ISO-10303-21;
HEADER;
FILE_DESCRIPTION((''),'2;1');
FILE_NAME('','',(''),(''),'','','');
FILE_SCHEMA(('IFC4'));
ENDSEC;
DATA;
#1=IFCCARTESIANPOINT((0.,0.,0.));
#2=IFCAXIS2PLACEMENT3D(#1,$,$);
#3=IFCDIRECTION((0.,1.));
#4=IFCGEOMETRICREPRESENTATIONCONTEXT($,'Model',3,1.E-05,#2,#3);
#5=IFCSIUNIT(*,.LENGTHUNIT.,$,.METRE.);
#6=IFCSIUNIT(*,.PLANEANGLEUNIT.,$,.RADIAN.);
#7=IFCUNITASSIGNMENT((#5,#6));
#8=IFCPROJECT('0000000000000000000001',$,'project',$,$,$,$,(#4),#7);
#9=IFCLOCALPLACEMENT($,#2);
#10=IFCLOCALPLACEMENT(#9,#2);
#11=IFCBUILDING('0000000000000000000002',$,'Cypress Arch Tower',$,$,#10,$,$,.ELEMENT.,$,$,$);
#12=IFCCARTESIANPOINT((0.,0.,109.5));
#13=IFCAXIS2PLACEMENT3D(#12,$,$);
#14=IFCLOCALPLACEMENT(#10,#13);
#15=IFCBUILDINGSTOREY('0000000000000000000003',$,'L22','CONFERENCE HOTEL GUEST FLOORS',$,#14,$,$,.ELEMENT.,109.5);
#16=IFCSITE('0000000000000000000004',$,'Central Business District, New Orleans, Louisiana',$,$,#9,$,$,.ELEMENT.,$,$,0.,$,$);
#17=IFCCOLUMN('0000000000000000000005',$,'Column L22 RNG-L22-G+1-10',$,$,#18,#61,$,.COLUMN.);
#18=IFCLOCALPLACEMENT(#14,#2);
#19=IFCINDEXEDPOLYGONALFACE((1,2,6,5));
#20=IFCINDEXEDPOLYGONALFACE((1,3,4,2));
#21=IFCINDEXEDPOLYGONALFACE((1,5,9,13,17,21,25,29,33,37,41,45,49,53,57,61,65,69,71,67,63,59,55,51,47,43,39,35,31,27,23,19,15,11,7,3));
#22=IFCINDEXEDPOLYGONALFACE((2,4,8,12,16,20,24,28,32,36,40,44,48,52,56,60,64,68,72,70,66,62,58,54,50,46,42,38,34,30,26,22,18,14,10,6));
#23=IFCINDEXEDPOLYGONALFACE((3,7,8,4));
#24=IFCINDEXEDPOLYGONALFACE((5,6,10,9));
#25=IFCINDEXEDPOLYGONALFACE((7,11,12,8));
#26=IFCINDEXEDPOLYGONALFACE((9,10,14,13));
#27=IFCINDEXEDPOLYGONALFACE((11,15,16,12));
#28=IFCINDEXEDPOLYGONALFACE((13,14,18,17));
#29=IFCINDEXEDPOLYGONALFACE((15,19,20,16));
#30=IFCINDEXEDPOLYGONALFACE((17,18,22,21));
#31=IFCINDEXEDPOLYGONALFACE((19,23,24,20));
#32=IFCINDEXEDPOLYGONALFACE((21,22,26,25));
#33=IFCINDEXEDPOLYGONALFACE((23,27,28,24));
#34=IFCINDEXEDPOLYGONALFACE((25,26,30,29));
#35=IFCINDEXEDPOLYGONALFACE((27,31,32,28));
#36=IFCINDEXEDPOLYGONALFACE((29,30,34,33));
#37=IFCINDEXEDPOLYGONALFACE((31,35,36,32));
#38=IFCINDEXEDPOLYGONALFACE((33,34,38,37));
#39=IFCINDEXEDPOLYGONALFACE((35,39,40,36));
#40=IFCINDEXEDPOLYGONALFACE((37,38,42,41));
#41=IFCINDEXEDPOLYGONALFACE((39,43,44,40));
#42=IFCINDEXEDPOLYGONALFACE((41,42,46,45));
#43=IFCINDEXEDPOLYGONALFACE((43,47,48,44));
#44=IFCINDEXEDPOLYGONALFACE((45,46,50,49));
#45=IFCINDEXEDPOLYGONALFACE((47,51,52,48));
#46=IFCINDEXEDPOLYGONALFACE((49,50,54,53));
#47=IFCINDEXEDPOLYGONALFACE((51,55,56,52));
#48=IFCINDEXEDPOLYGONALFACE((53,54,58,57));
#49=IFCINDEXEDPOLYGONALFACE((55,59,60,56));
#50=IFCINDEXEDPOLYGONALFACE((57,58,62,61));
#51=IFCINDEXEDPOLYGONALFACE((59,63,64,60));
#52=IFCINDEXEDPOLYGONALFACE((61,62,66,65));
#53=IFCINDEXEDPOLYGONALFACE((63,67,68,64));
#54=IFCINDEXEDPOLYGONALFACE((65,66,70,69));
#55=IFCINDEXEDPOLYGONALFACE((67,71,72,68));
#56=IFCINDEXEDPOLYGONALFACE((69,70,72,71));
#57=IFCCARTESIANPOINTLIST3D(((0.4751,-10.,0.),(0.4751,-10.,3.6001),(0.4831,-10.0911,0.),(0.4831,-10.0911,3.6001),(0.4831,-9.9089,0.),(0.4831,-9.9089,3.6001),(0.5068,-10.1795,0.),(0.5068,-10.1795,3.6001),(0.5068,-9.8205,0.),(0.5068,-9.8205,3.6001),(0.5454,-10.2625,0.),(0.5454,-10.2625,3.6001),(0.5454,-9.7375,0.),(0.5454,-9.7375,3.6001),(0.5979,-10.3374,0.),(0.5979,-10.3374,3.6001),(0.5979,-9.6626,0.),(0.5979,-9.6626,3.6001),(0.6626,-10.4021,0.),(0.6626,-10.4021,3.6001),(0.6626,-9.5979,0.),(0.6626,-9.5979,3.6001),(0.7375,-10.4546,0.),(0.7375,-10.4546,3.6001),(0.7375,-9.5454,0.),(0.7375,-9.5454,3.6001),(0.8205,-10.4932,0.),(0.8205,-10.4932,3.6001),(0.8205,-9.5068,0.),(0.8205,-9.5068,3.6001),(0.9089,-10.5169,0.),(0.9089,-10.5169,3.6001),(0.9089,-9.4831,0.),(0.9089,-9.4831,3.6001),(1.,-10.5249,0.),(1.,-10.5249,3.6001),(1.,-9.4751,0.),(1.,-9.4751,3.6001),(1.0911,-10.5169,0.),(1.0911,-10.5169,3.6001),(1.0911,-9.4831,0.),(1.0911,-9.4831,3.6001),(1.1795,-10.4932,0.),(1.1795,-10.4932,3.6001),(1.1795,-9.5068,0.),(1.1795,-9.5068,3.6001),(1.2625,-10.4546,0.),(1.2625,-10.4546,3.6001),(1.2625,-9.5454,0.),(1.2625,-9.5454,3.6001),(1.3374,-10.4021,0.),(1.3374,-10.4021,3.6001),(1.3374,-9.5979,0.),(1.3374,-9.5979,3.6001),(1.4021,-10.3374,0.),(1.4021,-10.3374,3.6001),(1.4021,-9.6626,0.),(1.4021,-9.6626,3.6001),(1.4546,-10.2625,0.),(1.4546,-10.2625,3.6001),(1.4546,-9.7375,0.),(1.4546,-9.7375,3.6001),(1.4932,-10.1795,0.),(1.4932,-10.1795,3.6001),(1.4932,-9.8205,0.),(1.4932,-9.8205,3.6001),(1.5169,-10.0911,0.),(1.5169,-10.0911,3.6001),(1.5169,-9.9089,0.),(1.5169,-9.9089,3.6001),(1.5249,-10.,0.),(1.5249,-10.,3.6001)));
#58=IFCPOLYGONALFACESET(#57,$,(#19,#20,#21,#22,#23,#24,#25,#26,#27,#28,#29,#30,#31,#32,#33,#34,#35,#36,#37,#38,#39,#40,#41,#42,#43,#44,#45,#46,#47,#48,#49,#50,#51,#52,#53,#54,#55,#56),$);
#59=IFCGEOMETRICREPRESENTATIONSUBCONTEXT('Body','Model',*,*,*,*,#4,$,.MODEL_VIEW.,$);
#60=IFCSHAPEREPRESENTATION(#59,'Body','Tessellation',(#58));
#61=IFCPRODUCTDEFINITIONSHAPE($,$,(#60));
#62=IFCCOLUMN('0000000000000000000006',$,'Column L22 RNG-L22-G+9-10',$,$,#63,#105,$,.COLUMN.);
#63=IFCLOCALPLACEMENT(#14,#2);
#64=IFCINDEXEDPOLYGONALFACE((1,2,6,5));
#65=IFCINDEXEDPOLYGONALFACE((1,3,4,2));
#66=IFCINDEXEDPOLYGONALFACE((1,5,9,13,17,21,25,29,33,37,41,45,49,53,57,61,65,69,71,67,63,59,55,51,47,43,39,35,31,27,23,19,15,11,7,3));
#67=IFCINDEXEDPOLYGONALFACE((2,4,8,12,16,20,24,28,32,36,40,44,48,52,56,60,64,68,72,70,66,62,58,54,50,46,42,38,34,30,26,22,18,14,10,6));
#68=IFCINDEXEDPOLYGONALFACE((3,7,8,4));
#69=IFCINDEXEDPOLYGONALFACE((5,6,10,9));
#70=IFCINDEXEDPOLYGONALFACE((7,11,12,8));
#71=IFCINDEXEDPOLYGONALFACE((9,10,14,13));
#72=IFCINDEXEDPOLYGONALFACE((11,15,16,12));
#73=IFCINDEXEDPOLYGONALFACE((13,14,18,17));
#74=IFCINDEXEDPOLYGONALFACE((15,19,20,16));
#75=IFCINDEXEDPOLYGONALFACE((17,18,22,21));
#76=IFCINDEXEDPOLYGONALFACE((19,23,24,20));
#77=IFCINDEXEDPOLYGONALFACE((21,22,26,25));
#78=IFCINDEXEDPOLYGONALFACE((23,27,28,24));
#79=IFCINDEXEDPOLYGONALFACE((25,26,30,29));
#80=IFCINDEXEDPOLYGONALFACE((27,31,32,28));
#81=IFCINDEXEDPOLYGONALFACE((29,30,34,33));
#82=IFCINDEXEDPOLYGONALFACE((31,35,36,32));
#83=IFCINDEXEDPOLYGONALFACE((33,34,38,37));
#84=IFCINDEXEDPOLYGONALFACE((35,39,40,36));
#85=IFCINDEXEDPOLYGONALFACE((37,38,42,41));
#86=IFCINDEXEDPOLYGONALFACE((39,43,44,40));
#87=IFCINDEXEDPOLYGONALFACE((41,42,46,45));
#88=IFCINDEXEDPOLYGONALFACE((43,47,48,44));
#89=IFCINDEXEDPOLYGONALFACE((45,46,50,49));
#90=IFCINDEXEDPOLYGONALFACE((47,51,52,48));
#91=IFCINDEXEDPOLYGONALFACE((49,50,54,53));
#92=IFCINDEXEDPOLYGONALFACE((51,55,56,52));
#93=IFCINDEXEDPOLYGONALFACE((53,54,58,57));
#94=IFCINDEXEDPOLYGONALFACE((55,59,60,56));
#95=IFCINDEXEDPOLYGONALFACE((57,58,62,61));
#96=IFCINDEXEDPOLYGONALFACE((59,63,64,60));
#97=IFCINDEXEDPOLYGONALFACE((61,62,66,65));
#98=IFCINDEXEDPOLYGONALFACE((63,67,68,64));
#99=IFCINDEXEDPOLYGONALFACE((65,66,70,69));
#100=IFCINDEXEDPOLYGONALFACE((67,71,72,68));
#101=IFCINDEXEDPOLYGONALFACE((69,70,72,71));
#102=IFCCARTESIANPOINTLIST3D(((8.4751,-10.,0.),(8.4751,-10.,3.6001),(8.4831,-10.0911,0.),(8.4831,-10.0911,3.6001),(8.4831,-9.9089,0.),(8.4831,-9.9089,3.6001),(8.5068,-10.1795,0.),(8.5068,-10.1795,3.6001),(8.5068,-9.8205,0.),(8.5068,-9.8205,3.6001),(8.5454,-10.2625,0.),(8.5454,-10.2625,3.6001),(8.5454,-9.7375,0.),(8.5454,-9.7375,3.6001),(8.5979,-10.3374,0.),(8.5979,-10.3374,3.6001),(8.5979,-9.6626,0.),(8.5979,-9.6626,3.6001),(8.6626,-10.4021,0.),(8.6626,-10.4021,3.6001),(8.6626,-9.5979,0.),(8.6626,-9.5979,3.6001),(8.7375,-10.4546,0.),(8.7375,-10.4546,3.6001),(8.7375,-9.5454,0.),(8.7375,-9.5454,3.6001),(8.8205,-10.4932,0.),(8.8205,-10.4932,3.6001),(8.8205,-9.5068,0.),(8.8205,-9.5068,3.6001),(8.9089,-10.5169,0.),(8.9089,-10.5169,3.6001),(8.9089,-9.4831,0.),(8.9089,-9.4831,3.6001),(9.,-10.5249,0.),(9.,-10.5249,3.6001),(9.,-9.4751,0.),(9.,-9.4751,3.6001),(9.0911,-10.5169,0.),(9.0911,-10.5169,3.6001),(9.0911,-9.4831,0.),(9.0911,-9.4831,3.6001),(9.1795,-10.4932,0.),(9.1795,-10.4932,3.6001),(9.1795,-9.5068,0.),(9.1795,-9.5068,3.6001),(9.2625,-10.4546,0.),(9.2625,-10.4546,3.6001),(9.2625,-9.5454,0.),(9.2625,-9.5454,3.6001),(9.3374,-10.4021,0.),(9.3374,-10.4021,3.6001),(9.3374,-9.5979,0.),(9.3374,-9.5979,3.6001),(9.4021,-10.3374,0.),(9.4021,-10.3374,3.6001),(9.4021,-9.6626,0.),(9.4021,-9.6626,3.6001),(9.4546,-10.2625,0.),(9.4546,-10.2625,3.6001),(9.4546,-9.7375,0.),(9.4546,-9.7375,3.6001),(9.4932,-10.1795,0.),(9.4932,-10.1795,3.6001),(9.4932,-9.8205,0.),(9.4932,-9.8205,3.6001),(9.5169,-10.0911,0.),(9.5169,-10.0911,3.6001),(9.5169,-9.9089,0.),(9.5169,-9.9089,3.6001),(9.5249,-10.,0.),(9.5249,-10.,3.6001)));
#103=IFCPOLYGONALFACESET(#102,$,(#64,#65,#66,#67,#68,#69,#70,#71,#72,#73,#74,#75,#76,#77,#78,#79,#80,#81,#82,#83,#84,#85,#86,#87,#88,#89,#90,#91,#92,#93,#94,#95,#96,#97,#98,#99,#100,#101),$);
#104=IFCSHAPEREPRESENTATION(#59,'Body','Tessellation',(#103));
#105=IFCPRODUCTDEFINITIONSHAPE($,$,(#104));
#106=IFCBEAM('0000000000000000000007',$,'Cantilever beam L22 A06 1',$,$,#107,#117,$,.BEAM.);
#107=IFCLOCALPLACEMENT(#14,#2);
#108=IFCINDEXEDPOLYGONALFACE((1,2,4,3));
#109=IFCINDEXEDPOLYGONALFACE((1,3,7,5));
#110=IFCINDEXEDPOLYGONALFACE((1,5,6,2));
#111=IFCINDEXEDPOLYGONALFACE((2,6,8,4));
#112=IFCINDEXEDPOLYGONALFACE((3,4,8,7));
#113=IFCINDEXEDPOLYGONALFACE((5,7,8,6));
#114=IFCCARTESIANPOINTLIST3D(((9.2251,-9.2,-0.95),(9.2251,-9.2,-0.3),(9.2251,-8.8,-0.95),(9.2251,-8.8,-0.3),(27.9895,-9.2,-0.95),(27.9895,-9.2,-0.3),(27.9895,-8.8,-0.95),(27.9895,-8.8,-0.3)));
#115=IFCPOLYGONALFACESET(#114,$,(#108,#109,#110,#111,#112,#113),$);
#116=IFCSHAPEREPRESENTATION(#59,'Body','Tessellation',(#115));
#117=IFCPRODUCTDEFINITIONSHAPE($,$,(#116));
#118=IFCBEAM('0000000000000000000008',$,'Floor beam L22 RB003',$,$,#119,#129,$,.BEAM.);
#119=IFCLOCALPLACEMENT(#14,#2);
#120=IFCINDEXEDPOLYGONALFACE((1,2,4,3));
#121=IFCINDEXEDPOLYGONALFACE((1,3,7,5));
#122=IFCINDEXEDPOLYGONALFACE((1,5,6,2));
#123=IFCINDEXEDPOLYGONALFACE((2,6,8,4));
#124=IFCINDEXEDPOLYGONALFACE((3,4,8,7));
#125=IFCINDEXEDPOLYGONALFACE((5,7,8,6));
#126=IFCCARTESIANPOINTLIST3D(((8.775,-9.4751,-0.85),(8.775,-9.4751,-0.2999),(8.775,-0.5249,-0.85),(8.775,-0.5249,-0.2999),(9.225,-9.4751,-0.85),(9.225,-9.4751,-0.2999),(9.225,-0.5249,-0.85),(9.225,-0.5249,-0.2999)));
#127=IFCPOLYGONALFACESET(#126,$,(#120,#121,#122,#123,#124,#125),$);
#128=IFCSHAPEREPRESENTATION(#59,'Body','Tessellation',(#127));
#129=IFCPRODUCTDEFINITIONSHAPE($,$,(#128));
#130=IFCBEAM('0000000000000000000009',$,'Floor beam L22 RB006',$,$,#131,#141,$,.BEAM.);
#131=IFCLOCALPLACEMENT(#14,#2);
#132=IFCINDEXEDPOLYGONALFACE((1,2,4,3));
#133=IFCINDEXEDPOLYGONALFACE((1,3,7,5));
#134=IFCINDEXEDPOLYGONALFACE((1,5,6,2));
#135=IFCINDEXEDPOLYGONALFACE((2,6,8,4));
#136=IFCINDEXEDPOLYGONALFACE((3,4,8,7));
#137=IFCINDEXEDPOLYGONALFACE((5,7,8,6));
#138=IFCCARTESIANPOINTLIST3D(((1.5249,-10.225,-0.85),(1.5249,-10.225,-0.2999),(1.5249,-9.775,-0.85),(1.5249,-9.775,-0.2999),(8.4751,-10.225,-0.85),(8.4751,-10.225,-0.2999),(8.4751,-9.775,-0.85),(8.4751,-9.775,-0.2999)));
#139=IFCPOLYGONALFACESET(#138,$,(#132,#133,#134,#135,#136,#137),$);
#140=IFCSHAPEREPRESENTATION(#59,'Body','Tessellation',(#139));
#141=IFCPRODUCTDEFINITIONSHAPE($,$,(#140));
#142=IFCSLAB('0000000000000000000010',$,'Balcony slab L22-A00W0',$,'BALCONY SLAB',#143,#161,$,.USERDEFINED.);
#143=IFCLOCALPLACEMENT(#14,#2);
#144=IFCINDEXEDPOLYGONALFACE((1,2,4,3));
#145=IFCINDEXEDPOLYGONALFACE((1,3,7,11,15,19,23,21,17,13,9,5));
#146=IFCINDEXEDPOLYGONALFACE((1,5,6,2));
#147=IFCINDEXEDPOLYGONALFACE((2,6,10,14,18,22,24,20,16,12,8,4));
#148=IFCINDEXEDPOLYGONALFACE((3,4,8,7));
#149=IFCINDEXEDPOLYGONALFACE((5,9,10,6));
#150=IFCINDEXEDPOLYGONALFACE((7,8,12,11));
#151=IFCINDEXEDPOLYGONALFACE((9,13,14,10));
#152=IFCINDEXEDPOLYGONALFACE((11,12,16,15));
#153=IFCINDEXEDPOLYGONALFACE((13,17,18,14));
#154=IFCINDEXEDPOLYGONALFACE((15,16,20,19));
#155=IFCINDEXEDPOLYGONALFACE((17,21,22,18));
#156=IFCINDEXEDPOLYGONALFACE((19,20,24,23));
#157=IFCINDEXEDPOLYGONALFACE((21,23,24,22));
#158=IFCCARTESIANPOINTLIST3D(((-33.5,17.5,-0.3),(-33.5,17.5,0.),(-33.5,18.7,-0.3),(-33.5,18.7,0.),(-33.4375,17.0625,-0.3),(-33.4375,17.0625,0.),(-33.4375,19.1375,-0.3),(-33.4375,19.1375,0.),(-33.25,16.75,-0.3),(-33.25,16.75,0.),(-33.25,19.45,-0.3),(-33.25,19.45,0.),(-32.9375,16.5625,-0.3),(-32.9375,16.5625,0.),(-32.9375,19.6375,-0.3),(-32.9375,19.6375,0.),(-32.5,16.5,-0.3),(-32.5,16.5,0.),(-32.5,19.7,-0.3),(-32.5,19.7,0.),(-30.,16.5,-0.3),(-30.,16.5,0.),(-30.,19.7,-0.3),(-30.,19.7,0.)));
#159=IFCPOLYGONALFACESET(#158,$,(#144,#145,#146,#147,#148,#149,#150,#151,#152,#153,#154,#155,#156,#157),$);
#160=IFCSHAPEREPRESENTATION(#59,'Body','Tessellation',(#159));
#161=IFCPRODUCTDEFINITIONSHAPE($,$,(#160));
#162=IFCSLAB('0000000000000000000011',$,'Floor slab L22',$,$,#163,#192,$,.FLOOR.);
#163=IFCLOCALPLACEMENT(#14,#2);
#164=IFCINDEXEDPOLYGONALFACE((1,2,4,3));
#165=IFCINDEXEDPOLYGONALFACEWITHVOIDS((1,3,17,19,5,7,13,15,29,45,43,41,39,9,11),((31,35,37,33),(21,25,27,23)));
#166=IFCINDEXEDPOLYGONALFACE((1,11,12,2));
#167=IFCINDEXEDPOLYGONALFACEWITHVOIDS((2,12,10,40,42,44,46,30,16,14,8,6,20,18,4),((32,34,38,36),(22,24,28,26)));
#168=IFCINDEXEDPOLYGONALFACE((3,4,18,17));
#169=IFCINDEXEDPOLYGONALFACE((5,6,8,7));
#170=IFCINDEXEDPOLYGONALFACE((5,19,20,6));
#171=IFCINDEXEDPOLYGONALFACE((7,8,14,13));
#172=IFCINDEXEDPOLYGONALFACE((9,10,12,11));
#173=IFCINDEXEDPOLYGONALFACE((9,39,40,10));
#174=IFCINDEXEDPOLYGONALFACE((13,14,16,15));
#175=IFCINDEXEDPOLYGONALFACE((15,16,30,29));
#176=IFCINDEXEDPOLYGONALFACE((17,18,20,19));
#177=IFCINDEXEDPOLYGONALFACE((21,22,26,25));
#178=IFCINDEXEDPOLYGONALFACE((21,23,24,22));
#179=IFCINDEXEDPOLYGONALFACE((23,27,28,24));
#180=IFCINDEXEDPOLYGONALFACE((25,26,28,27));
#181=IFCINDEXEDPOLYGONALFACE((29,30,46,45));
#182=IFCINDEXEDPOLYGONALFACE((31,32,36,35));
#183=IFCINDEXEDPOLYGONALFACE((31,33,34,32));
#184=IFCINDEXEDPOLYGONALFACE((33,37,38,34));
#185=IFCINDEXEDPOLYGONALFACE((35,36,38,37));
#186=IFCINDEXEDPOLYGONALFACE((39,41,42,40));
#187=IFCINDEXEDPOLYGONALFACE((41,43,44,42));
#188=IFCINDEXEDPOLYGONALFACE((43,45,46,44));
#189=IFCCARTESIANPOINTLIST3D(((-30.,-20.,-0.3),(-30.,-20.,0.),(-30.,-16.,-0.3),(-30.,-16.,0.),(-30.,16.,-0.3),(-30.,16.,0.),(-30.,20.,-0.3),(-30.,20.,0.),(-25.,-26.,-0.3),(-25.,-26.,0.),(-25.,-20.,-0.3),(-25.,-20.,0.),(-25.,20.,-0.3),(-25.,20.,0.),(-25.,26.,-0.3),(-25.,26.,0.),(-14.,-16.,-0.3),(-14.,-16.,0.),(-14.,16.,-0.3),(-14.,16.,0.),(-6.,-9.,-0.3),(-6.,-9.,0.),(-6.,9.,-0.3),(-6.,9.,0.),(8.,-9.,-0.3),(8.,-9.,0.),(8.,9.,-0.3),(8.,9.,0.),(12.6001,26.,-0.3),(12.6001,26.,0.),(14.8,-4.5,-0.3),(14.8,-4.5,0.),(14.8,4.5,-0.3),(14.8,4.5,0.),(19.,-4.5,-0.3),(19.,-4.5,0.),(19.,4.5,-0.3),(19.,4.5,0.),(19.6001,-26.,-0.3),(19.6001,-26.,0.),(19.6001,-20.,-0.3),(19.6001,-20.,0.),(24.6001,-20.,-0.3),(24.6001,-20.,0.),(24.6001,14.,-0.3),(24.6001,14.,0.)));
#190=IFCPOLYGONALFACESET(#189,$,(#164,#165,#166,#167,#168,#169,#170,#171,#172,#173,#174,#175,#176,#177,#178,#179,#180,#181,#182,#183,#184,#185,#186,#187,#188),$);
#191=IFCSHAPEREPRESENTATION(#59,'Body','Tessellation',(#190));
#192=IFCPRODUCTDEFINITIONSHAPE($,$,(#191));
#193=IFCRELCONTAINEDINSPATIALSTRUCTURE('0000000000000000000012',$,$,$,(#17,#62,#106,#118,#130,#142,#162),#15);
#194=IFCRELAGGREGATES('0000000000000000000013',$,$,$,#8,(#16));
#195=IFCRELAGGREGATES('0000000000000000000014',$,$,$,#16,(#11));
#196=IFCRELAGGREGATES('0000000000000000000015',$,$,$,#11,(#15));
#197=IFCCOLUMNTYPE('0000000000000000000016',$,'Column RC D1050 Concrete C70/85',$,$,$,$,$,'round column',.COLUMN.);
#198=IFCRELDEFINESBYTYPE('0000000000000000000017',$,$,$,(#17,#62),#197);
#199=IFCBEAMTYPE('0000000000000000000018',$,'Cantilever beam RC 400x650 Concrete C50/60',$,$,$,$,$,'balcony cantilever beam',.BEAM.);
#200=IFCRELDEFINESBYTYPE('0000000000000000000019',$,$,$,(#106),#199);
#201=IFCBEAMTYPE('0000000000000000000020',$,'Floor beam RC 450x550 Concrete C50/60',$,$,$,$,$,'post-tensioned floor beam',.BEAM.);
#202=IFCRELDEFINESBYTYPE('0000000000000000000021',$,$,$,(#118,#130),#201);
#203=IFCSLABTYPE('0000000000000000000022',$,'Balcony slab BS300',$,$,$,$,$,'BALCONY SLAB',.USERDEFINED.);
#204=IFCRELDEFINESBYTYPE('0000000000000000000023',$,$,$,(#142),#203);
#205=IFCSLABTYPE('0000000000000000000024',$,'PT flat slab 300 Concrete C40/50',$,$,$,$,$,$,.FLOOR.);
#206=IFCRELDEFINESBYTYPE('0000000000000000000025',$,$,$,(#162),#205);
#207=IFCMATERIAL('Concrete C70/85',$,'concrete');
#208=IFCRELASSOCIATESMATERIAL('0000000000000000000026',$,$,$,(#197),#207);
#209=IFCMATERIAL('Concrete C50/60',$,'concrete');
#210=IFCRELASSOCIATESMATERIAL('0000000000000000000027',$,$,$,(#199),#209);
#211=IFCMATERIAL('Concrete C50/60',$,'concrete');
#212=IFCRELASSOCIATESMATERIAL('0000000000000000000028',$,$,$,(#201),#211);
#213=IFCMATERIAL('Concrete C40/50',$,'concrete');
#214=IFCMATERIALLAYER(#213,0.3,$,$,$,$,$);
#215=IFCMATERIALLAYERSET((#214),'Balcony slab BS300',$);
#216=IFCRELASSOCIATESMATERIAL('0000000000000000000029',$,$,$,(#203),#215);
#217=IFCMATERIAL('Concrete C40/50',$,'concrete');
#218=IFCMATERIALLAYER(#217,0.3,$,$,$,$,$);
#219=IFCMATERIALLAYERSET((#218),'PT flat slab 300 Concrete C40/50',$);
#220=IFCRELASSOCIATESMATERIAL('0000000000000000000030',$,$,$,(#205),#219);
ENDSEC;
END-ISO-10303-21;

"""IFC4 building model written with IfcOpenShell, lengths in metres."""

from ifc_helpers import new_model, si_unit, direction, frame, origin, origin_2d, place, context, subcontext, project, spatial, polyline, rectangle, circle, outline, extrude, material, layer, layer_set, material_profile, profile_set, type_object, element, save


model = new_model("IFC4")

# Units and contexts
model_context = context("Model", 3, precision=1e-05, world=origin(), true_north=direction((0.0, 1.0)))
body_context = subcontext(model_context, "Body", "Model", "MODEL_VIEW")
ifc_project = project(units=[si_unit("LENGTHUNIT", "METRE"), si_unit("PLANEANGLEUNIT", "RADIAN")], contexts=[model_context])

# Site, building, storey
site_placement = place(None, origin())
site = spatial("IfcSite", under=ifc_project, at=site_placement, Name="Central Business District, New Orleans, Louisiana", CompositionType="ELEMENT", RefElevation=0.0)
building_placement = place(site_placement, origin())
building = spatial("IfcBuilding", under=site, at=building_placement, Name="Cypress Arch Tower", CompositionType="ELEMENT")
storey_placement = place(building_placement, frame((0.0, 0.0, 109.5)))
storey = spatial("IfcBuildingStorey", under=building, at=storey_placement, Name="L22", Description="CONFERENCE HOTEL GUEST FLOORS", CompositionType="ELEMENT", Elevation=109.5)

# Columns
ifc_material_1 = material(Name="Concrete C70/85", Category="concrete")
ifc_material_profile_1 = material_profile(ifc_material_1, circle(Radius=0.5249, at=origin_2d()), Name="RC D1050")
ifc_profile_set_1 = profile_set([ifc_material_profile_1], Name="Concrete C70/85")
column_type = type_object("IfcColumnType", Name="Column RC D1050 Concrete C70/85", ElementType="round column", PredefinedType="COLUMN", material=ifc_profile_set_1)
for number, where, z_axis, x_axis, name in (
    (1, (1.0, -10.0, 0.0), (0.0, 0.0, 1.0), (1.0, 0.0, 0.0), "Column L22 RNG-L22-G+1-10"),
    (2, (9.0, -10.0, 0.0), (0.0, 0.0, 1.0), (1.0, 0.0, 0.0), "Column L22 RNG-L22-G+9-10"),
):
    element("IfcColumn", number, at=place(storey_placement, frame(where, z_axis=z_axis, x_axis=x_axis)), inside=storey, type_object=column_type, Name=name, PredefinedType="COLUMN", context=body_context, shape_type="SweptSolid", body=[
        extrude(circle(Radius=0.5249, at=origin_2d()), origin(), (0.0, 0.0, 1.0), 3.6001),
    ])

# Beams
ifc_material_2 = material(Name="Concrete C50/60", Category="concrete")
ifc_material_profile_2 = material_profile(ifc_material_2, rectangle(XDim=0.3999, YDim=0.6499, at=origin_2d()), Name="RC 400x650")
ifc_profile_set_2 = profile_set([ifc_material_profile_2], Name="Concrete C50/60")
beam_type_1 = type_object("IfcBeamType", Name="Cantilever beam RC 400x650 Concrete C50/60", ElementType="balcony cantilever beam", PredefinedType="BEAM", material=ifc_profile_set_2)
beam_1_placement = place(storey_placement, frame((9.2251, -9.0, -0.625), z_axis=(1.0, 0.0, 0.0), x_axis=(0.0, 1.0, 0.0)))
element("IfcBeam", 3, at=beam_1_placement, inside=storey, type_object=beam_type_1, Name="Cantilever beam L22 A06 1", PredefinedType="BEAM", context=body_context, shape_type="SweptSolid", body=[
    extrude(rectangle(XDim=0.3999, YDim=0.6499, at=origin_2d()), origin(), (0.0, 0.0, 1.0), 18.7644),
])
ifc_material_3 = material(Name="Concrete C50/60", Category="concrete")
ifc_material_profile_3 = material_profile(ifc_material_3, rectangle(XDim=0.45, YDim=0.55, at=origin_2d()), Name="RC 450x550")
ifc_profile_set_3 = profile_set([ifc_material_profile_3], Name="Concrete C50/60")
beam_type_2 = type_object("IfcBeamType", Name="Floor beam RC 450x550 Concrete C50/60", ElementType="post-tensioned floor beam", PredefinedType="BEAM", material=ifc_profile_set_3)
beam_2_placement = place(storey_placement, frame((9.0, -9.4751, -0.575), z_axis=(0.0, 1.0, 0.0), x_axis=(-1.0, 0.0, 0.0)))
element("IfcBeam", 4, at=beam_2_placement, inside=storey, type_object=beam_type_2, Name="Floor beam L22 RB003", PredefinedType="BEAM", context=body_context, shape_type="SweptSolid", body=[
    extrude(rectangle(XDim=0.45, YDim=0.55, at=origin_2d()), origin(), (0.0, 0.0, 1.0), 8.9502),
])
beam_3_placement = place(storey_placement, frame((1.5249, -10.0, -0.575), z_axis=(1.0, 0.0, 0.0), x_axis=(0.0, 1.0, 0.0)))
element("IfcBeam", 5, at=beam_3_placement, inside=storey, type_object=beam_type_2, Name="Floor beam L22 RB006", PredefinedType="BEAM", context=body_context, shape_type="SweptSolid", body=[
    extrude(rectangle(XDim=0.45, YDim=0.55, at=origin_2d()), origin(), (0.0, 0.0, 1.0), 6.9502),
])

# Slabs
ifc_material_4 = material(Name="Concrete C40/50", Category="concrete")
ifc_layer_1 = layer(ifc_material_4, 0.3)
ifc_layer_set_1 = layer_set([ifc_layer_1], Name="Balcony slab BS300")
slab_type_1 = type_object("IfcSlabType", Name="Balcony slab BS300", ElementType="BALCONY SLAB", PredefinedType="USERDEFINED", material=ifc_layer_set_1)
slab_1_placement = place(storey_placement, frame((0.0, 0.0, -0.3)))
element("IfcSlab", 6, at=slab_1_placement, inside=storey, type_object=slab_type_1, Name="Balcony slab L22-A00W0", ObjectType="BALCONY SLAB", PredefinedType="USERDEFINED", context=body_context, shape_type="SweptSolid", body=[
    extrude(outline(polyline([(-30.0, 19.7), (-32.5, 19.7), (-32.9375, 19.6375), (-33.25, 19.45), (-33.4375, 19.1375), (-33.5, 18.7), (-33.5, 17.5), (-33.4375, 17.0625), (-33.25, 16.75), (-32.9375, 16.5625), (-32.5, 16.5), (-30.0, 16.5), (-30.0, 19.7)])), origin(), (0.0, 0.0, 1.0), 0.3),
])
ifc_material_5 = material(Name="Concrete C40/50", Category="concrete")
ifc_layer_2 = layer(ifc_material_5, 0.3)
ifc_layer_set_2 = layer_set([ifc_layer_2], Name="PT flat slab 300 Concrete C40/50")
slab_type_2 = type_object("IfcSlabType", Name="PT flat slab 300 Concrete C40/50", PredefinedType="FLOOR", material=ifc_layer_set_2)
slab_2_placement = place(storey_placement, frame((0.0, 0.0, -0.3)))
element("IfcSlab", 7, at=slab_2_placement, inside=storey, type_object=slab_type_2, Name="Floor slab L22", PredefinedType="FLOOR", context=body_context, shape_type="SweptSolid", body=[
    extrude(outline(polyline([(-30.0, 20.0), (-25.0, 20.0), (-25.0, 26.0), (12.6001, 26.0), (24.6001, 14.0), (24.6001, -20.0), (19.6001, -20.0), (19.6001, -26.0), (-25.0, -26.0), (-25.0, -20.0), (-30.0, -20.0), (-30.0, -16.0), (-14.0, -16.0), (-14.0, 16.0), (-30.0, 16.0), (-30.0, 20.0)]), holes=[polyline([(-6.0, -9.0), (8.0, -9.0), (8.0, 9.0), (-6.0, 9.0), (-6.0, -9.0)]), polyline([(14.8, -4.5), (19.0, -4.5), (19.0, 4.5), (14.8, 4.5), (14.8, -4.5)])]), origin(), (0.0, 0.0, 1.0), 0.3),
])

save(model, "model.ifc")
